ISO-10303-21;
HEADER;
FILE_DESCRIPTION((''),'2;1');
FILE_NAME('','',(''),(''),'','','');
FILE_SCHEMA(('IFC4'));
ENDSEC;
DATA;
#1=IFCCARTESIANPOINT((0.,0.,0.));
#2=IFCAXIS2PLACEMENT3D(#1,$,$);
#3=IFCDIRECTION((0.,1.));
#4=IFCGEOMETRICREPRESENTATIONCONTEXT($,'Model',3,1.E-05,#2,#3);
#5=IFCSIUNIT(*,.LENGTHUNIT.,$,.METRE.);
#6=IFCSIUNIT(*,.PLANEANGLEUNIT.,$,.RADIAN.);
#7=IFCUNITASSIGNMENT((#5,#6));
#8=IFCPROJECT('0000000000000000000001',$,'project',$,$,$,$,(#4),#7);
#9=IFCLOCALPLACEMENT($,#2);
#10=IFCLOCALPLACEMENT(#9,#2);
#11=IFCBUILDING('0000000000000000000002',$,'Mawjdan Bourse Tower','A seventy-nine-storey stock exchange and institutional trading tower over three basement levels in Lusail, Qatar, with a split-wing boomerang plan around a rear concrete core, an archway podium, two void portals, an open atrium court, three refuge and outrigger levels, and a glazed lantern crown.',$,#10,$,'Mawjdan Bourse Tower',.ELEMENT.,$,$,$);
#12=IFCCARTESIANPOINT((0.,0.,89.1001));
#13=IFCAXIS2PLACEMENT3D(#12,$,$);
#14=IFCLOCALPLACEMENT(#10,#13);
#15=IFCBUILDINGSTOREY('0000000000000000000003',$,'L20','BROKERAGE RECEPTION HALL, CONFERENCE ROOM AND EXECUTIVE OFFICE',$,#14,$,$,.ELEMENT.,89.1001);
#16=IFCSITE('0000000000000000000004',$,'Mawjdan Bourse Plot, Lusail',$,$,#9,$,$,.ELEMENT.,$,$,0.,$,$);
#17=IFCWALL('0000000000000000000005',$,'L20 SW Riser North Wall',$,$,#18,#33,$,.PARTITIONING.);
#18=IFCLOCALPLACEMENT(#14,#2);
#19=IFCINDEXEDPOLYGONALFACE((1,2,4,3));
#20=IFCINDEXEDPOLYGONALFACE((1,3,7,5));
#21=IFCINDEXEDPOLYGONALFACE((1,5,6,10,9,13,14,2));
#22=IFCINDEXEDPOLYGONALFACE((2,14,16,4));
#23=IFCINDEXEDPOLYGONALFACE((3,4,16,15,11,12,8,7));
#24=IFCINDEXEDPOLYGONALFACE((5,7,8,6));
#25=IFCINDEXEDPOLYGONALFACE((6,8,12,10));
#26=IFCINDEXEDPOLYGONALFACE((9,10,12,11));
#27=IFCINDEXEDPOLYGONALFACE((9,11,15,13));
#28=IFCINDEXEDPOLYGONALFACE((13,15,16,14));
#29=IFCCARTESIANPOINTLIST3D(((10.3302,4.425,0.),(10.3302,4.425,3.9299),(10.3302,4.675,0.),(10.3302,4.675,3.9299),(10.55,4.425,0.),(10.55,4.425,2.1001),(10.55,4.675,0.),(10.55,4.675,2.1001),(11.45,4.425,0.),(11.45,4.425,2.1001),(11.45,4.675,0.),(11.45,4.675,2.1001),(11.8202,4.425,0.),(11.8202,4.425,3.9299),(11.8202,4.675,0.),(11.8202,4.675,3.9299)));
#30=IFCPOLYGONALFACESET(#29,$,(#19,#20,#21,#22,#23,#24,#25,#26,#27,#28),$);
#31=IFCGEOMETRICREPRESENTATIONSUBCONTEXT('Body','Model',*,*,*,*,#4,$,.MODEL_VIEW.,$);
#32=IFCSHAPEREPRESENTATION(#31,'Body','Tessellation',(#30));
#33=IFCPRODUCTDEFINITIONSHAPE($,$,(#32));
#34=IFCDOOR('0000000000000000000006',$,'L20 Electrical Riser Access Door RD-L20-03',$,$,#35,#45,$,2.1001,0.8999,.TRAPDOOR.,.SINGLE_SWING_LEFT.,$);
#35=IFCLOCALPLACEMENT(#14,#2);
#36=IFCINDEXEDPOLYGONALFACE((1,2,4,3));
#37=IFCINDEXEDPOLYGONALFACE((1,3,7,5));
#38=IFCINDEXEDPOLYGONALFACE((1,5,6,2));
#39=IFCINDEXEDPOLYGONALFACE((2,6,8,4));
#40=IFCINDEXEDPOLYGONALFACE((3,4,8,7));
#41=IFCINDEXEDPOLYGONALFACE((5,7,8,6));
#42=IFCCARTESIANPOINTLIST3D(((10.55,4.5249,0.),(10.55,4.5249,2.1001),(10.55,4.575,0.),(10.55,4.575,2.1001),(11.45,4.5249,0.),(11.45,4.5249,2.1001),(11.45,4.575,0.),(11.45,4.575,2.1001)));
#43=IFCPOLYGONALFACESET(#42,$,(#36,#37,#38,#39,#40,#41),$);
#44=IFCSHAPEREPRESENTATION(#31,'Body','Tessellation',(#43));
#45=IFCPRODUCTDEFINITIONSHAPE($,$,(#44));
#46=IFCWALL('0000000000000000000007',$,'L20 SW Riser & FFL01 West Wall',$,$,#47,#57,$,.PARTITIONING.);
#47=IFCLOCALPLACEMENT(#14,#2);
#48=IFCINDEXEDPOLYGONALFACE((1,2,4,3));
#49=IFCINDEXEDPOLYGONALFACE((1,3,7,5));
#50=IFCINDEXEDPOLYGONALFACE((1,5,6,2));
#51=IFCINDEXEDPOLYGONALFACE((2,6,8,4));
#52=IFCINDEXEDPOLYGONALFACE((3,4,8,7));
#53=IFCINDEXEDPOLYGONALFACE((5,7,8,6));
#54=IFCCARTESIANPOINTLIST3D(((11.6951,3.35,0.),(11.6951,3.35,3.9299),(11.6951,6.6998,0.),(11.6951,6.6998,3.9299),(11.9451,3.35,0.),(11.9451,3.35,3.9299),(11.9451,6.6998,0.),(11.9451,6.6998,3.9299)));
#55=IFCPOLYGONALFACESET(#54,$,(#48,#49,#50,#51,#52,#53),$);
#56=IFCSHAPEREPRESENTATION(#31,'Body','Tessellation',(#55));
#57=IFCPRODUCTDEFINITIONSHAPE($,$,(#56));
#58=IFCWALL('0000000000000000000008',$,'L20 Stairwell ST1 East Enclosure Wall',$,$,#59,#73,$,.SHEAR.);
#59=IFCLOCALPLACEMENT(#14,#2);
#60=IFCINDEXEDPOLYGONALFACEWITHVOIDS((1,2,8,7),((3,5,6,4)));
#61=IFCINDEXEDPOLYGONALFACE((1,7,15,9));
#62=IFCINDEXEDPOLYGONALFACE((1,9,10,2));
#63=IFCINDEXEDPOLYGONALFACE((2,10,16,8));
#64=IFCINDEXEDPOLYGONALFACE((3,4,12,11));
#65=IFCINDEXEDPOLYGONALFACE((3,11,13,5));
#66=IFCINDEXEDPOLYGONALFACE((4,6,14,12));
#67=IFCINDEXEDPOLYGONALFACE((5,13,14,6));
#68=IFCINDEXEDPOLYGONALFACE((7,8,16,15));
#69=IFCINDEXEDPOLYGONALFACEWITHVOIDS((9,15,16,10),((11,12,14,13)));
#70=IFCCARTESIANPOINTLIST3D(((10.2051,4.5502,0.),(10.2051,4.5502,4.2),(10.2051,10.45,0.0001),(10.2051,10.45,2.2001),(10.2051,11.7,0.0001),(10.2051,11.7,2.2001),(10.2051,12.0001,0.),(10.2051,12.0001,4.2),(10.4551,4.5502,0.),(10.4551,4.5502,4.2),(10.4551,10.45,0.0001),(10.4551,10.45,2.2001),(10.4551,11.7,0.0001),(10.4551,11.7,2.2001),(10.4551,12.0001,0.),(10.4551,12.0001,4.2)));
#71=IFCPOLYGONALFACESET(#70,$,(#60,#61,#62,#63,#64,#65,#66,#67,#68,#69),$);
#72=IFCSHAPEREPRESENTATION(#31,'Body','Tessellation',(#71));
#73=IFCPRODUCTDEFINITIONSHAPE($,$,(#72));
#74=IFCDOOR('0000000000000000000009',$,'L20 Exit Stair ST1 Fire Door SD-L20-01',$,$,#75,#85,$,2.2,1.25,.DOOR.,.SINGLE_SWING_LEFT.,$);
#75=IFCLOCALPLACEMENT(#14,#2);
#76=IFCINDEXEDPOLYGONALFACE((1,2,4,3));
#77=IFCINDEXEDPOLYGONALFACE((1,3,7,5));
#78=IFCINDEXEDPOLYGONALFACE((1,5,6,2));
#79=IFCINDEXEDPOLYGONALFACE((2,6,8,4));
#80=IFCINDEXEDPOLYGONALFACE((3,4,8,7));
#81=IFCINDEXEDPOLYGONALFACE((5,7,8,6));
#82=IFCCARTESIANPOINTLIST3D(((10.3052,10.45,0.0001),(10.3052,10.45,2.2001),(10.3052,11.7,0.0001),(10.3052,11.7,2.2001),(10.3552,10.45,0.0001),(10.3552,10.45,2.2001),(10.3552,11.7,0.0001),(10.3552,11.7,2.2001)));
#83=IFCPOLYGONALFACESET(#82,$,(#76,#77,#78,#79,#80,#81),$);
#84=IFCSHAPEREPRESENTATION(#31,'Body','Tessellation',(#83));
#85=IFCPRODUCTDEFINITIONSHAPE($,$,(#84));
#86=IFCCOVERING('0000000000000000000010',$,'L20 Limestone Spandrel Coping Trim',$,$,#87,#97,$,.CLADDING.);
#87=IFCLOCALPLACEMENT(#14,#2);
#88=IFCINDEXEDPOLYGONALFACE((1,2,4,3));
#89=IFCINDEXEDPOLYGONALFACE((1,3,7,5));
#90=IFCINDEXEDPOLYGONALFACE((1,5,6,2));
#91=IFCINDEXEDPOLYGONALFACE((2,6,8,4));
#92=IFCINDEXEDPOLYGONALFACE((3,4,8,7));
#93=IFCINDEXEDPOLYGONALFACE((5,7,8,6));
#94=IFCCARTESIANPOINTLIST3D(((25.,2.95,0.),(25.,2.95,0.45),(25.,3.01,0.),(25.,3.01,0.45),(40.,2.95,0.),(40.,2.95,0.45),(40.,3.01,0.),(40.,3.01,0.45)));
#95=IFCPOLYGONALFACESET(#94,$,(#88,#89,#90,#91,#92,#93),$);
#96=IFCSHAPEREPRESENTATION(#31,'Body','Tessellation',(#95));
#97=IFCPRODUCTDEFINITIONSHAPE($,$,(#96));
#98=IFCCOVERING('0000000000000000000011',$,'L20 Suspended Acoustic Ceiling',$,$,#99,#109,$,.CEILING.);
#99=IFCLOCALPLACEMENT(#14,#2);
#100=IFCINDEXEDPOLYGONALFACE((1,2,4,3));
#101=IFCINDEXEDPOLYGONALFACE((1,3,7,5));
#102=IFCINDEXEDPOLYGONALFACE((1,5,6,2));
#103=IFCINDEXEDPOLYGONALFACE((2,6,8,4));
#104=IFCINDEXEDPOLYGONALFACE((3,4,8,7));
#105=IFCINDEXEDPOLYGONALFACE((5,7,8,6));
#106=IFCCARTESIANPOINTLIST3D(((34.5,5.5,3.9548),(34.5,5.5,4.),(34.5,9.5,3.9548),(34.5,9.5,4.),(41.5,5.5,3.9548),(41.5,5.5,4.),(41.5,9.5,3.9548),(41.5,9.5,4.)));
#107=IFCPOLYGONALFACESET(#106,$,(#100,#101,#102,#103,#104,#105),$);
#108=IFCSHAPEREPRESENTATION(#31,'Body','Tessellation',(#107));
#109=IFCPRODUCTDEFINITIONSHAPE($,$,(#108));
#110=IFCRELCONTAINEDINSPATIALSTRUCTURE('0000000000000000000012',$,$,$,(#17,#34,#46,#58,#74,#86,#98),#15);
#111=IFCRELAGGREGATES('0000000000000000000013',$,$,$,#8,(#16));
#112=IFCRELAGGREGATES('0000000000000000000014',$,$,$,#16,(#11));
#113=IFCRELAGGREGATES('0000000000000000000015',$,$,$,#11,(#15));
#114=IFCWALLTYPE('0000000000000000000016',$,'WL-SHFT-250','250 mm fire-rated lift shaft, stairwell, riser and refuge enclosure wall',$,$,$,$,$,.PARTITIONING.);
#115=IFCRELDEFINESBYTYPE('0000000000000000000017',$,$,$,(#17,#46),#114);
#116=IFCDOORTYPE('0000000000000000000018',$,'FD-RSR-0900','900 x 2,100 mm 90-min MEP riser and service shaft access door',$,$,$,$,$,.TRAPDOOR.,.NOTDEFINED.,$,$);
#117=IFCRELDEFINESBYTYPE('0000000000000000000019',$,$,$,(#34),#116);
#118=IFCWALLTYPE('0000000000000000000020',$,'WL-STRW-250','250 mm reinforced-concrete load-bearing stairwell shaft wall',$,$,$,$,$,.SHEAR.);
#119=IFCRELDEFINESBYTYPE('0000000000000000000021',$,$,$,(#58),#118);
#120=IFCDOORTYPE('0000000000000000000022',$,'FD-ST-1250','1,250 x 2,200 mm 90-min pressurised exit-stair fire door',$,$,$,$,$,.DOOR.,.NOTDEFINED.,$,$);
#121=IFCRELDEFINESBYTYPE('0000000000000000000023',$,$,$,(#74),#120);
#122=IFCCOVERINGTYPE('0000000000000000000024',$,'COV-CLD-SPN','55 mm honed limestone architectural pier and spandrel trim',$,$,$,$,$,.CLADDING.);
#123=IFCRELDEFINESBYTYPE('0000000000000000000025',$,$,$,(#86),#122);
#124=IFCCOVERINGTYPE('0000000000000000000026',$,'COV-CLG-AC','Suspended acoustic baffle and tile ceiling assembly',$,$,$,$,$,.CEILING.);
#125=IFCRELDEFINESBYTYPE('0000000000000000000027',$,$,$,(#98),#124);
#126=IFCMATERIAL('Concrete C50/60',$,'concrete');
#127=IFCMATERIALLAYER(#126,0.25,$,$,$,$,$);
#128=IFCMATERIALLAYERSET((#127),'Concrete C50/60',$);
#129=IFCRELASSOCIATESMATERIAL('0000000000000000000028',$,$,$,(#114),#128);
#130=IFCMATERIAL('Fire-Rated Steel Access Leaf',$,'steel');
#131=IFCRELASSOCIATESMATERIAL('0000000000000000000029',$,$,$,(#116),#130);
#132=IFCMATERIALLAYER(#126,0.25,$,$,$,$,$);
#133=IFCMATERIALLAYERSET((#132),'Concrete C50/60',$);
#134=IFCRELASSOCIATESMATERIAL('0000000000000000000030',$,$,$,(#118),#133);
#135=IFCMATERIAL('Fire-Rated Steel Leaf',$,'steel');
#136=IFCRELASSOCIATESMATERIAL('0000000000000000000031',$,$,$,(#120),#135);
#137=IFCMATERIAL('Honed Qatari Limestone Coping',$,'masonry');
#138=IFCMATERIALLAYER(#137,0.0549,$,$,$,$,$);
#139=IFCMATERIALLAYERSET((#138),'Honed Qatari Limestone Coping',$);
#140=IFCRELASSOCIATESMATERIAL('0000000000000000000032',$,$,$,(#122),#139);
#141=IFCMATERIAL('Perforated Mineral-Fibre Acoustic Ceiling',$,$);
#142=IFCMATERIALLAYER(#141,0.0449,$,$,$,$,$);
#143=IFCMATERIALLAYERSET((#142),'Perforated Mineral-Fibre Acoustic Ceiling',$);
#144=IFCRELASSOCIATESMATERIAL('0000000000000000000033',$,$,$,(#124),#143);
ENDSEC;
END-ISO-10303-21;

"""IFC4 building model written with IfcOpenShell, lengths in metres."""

from ifc_helpers import new_model, si_unit, direction, frame, frame_2d, origin, place, context, subcontext, project, spatial, polyline, rectangle, outline, extrude, material, layer, layer_set, type_object, element, fill, save


model = new_model("IFC4")

# Units and contexts
model_context = context("Model", 3, precision=1e-05, world=origin(), true_north=direction((0.0, 1.0)))
body_context = subcontext(model_context, "Body", "Model", "MODEL_VIEW")
ifc_project = project(units=[si_unit("LENGTHUNIT", "METRE"), si_unit("PLANEANGLEUNIT", "RADIAN")], contexts=[model_context])

# Site, building, storey
site_placement = place(None, origin())
site = spatial("IfcSite", under=ifc_project, at=site_placement, Name="Mawjdan Bourse Plot, Lusail", CompositionType="ELEMENT", RefElevation=0.0)
building_placement = place(site_placement, origin())
building = spatial("IfcBuilding", under=site, at=building_placement, Name="Mawjdan Bourse Tower", Description="A seventy-nine-storey stock exchange and institutional trading tower over three basement levels in Lusail, Qatar, with a split-wing boomerang plan around a rear concrete core, an archway podium, two void portals, an open atrium court, three refuge and outrigger levels, and a glazed lantern crown.", LongName="Mawjdan Bourse Tower", CompositionType="ELEMENT")
storey_placement = place(building_placement, frame((0.0, 0.0, 89.1001)))
storey = spatial("IfcBuildingStorey", under=building, at=storey_placement, Name="L20", Description="BROKERAGE RECEPTION HALL, CONFERENCE ROOM AND EXECUTIVE OFFICE", CompositionType="ELEMENT", Elevation=89.1001)

# Shared definitions
ifc_material_1 = material(Name="Concrete C50/60", Category="concrete")

# Wall, opening, door
ifc_layer_1 = layer(ifc_material_1, 0.25)
ifc_layer_set_1 = layer_set([ifc_layer_1], Name="Concrete C50/60")
wall_type_1 = type_object("IfcWallType", Name="WL-SHFT-250", Description="250 mm fire-rated lift shaft, stairwell, riser and refuge enclosure wall", PredefinedType="PARTITIONING", material=ifc_layer_set_1)
wall_1_placement = place(storey_placement, frame((10.3301, 4.55, 0.0), z_axis=(0.0, 0.0, 1.0), x_axis=(1.0, 0.0, 0.0)))
wall_1 = element("IfcWall", 1, at=wall_1_placement, inside=storey, type_object=wall_type_1, Name="L20 SW Riser North Wall", PredefinedType="PARTITIONING", context=body_context, shape_type="SweptSolid", body=[
    extrude(rectangle(XDim=1.49, YDim=0.25, at=frame_2d((0.7451, 0.0))), origin(), (0.0, 0.0, 1.0), 3.9299),
])
opening_1_placement = place(wall_1_placement, frame((0.22, 0.0, 0.0)))
opening_1 = element("IfcOpeningElement", 2, at=opening_1_placement, cuts=wall_1, PredefinedType="OPENING", context=body_context, shape_type="SweptSolid", body=[
    extrude(rectangle(XDim=0.8999, YDim=2.1001, at=frame_2d((0.45, 1.05))), frame((0.0, 0.135, 0.0), z_axis=(0.0, -1.0, 0.0), x_axis=(1.0, 0.0, 0.0)), (0.0, 0.0, 1.0), 0.27),
])
ifc_material_2 = material(Name="Fire-Rated Steel Access Leaf", Category="steel")
door_type_1 = type_object("IfcDoorType", Name="FD-RSR-0900", Description="900 x 2,100 mm 90-min MEP riser and service shaft access door", OperationType="NOTDEFINED", PredefinedType="TRAPDOOR", material=ifc_material_2)
door_1_placement = place(opening_1_placement, origin())
door_1 = element("IfcDoor", 3, at=door_1_placement, inside=storey, type_object=door_type_1, Name="L20 Electrical Riser Access Door RD-L20-03", OperationType="SINGLE_SWING_LEFT", OverallHeight=2.1001, OverallWidth=0.8999, PredefinedType="TRAPDOOR", context=body_context, shape_type="SweptSolid", body=[
    extrude(rectangle(XDim=0.8999, YDim=2.1001, at=frame_2d((0.45, 1.05))), frame((0.0, 0.0249, 0.0), z_axis=(0.0, -1.0, 0.0), x_axis=(1.0, 0.0, 0.0)), (0.0, 0.0, 1.0), 0.05),
])
fill(opening_1, door_1)

# Wall
wall_2_placement = place(storey_placement, frame((11.8201, 3.3501, 0.0), z_axis=(0.0, 0.0, 1.0), x_axis=(0.0, 1.0, 0.0)))
element("IfcWall", 4, at=wall_2_placement, inside=storey, type_object=wall_type_1, Name="L20 SW Riser & FFL01 West Wall", PredefinedType="PARTITIONING", context=body_context, shape_type="SweptSolid", body=[
    extrude(rectangle(XDim=3.3499, YDim=0.25, at=frame_2d((1.6748, 0.0))), origin(), (0.0, 0.0, 1.0), 3.9299),
])
ifc_layer_2 = layer(ifc_material_1, 0.25)
ifc_layer_set_2 = layer_set([ifc_layer_2], Name="Concrete C50/60")
wall_type_2 = type_object("IfcWallType", Name="WL-STRW-250", Description="250 mm reinforced-concrete load-bearing stairwell shaft wall", PredefinedType="SHEAR", material=ifc_layer_set_2)

# Wall, opening, door
wall_3_placement = place(storey_placement, frame((10.3301, 4.55, 0.0), z_axis=(0.0, 0.0, 1.0), x_axis=(0.0, 1.0, 0.0)))
wall_3 = element("IfcWall", 5, at=wall_3_placement, inside=storey, type_object=wall_type_2, Name="L20 Stairwell ST1 East Enclosure Wall", PredefinedType="SHEAR", context=body_context, shape_type="SweptSolid", body=[
    extrude(rectangle(XDim=7.45, YDim=0.25, at=frame_2d((3.7251, 0.0))), origin(), (0.0, 0.0, 1.0), 4.2),
])
opening_2_placement = place(wall_3_placement, frame((5.8999, 0.0, 0.0)))
opening_2 = element("IfcOpeningElement", 6, at=opening_2_placement, cuts=wall_3, PredefinedType="OPENING", context=body_context, shape_type="SweptSolid", body=[
    extrude(rectangle(XDim=1.25, YDim=2.2, at=frame_2d((0.625, 1.1001))), frame((0.0, 0.135, 0.0), z_axis=(0.0, -1.0, 0.0), x_axis=(1.0, 0.0, 0.0)), (0.0, 0.0, 1.0), 0.27),
])
ifc_material_3 = material(Name="Fire-Rated Steel Leaf", Category="steel")
door_type_2 = type_object("IfcDoorType", Name="FD-ST-1250", Description="1,250 x 2,200 mm 90-min pressurised exit-stair fire door", OperationType="NOTDEFINED", PredefinedType="DOOR", material=ifc_material_3)
door_2_placement = place(opening_2_placement, origin())
door_2 = element("IfcDoor", 7, at=door_2_placement, inside=storey, type_object=door_type_2, Name="L20 Exit Stair ST1 Fire Door SD-L20-01", OperationType="SINGLE_SWING_LEFT", OverallHeight=2.2, OverallWidth=1.25, PredefinedType="DOOR", context=body_context, shape_type="SweptSolid", body=[
    extrude(rectangle(XDim=1.25, YDim=2.2, at=frame_2d((0.625, 1.1001))), frame((0.0, 0.0249, 0.0), z_axis=(0.0, -1.0, 0.0), x_axis=(1.0, 0.0, 0.0)), (0.0, 0.0, 1.0), 0.05),
])
fill(opening_2, door_2)

# Coverings
ifc_material_4 = material(Name="Honed Qatari Limestone Coping", Category="masonry")
ifc_layer_3 = layer(ifc_material_4, 0.0549)
ifc_layer_set_3 = layer_set([ifc_layer_3], Name="Honed Qatari Limestone Coping")
covering_type_1 = type_object("IfcCoveringType", Name="COV-CLD-SPN", Description="55 mm honed limestone architectural pier and spandrel trim", PredefinedType="CLADDING", material=ifc_layer_set_3)
covering_1_placement = place(storey_placement, origin())
element("IfcCovering", 8, at=covering_1_placement, inside=storey, type_object=covering_type_1, Name="L20 Limestone Spandrel Coping Trim", PredefinedType="CLADDING", context=body_context, shape_type="SweptSolid", body=[
    extrude(outline(polyline([(25.0, 2.95), (40.0, 2.95), (40.0, 3.01), (25.0, 3.01), (25.0, 2.95)])), origin(), (0.0, 0.0, 1.0), 0.45),
])
ifc_material_5 = material(Name="Perforated Mineral-Fibre Acoustic Ceiling")
ifc_layer_4 = layer(ifc_material_5, 0.0449)
ifc_layer_set_4 = layer_set([ifc_layer_4], Name="Perforated Mineral-Fibre Acoustic Ceiling")
covering_type_2 = type_object("IfcCoveringType", Name="COV-CLG-AC", Description="Suspended acoustic baffle and tile ceiling assembly", PredefinedType="CEILING", material=ifc_layer_set_4)
covering_2_placement = place(storey_placement, frame((0.0, 0.0, 3.9548)))
element("IfcCovering", 9, at=covering_2_placement, inside=storey, type_object=covering_type_2, Name="L20 Suspended Acoustic Ceiling", PredefinedType="CEILING", context=body_context, shape_type="SweptSolid", body=[
    extrude(outline(polyline([(34.5, 5.5), (41.5, 5.5), (41.5, 9.5), (34.5, 9.5), (34.5, 5.5)])), origin(), (0.0, 0.0, 1.0), 0.0452),
])

save(model, "model.ifc")
